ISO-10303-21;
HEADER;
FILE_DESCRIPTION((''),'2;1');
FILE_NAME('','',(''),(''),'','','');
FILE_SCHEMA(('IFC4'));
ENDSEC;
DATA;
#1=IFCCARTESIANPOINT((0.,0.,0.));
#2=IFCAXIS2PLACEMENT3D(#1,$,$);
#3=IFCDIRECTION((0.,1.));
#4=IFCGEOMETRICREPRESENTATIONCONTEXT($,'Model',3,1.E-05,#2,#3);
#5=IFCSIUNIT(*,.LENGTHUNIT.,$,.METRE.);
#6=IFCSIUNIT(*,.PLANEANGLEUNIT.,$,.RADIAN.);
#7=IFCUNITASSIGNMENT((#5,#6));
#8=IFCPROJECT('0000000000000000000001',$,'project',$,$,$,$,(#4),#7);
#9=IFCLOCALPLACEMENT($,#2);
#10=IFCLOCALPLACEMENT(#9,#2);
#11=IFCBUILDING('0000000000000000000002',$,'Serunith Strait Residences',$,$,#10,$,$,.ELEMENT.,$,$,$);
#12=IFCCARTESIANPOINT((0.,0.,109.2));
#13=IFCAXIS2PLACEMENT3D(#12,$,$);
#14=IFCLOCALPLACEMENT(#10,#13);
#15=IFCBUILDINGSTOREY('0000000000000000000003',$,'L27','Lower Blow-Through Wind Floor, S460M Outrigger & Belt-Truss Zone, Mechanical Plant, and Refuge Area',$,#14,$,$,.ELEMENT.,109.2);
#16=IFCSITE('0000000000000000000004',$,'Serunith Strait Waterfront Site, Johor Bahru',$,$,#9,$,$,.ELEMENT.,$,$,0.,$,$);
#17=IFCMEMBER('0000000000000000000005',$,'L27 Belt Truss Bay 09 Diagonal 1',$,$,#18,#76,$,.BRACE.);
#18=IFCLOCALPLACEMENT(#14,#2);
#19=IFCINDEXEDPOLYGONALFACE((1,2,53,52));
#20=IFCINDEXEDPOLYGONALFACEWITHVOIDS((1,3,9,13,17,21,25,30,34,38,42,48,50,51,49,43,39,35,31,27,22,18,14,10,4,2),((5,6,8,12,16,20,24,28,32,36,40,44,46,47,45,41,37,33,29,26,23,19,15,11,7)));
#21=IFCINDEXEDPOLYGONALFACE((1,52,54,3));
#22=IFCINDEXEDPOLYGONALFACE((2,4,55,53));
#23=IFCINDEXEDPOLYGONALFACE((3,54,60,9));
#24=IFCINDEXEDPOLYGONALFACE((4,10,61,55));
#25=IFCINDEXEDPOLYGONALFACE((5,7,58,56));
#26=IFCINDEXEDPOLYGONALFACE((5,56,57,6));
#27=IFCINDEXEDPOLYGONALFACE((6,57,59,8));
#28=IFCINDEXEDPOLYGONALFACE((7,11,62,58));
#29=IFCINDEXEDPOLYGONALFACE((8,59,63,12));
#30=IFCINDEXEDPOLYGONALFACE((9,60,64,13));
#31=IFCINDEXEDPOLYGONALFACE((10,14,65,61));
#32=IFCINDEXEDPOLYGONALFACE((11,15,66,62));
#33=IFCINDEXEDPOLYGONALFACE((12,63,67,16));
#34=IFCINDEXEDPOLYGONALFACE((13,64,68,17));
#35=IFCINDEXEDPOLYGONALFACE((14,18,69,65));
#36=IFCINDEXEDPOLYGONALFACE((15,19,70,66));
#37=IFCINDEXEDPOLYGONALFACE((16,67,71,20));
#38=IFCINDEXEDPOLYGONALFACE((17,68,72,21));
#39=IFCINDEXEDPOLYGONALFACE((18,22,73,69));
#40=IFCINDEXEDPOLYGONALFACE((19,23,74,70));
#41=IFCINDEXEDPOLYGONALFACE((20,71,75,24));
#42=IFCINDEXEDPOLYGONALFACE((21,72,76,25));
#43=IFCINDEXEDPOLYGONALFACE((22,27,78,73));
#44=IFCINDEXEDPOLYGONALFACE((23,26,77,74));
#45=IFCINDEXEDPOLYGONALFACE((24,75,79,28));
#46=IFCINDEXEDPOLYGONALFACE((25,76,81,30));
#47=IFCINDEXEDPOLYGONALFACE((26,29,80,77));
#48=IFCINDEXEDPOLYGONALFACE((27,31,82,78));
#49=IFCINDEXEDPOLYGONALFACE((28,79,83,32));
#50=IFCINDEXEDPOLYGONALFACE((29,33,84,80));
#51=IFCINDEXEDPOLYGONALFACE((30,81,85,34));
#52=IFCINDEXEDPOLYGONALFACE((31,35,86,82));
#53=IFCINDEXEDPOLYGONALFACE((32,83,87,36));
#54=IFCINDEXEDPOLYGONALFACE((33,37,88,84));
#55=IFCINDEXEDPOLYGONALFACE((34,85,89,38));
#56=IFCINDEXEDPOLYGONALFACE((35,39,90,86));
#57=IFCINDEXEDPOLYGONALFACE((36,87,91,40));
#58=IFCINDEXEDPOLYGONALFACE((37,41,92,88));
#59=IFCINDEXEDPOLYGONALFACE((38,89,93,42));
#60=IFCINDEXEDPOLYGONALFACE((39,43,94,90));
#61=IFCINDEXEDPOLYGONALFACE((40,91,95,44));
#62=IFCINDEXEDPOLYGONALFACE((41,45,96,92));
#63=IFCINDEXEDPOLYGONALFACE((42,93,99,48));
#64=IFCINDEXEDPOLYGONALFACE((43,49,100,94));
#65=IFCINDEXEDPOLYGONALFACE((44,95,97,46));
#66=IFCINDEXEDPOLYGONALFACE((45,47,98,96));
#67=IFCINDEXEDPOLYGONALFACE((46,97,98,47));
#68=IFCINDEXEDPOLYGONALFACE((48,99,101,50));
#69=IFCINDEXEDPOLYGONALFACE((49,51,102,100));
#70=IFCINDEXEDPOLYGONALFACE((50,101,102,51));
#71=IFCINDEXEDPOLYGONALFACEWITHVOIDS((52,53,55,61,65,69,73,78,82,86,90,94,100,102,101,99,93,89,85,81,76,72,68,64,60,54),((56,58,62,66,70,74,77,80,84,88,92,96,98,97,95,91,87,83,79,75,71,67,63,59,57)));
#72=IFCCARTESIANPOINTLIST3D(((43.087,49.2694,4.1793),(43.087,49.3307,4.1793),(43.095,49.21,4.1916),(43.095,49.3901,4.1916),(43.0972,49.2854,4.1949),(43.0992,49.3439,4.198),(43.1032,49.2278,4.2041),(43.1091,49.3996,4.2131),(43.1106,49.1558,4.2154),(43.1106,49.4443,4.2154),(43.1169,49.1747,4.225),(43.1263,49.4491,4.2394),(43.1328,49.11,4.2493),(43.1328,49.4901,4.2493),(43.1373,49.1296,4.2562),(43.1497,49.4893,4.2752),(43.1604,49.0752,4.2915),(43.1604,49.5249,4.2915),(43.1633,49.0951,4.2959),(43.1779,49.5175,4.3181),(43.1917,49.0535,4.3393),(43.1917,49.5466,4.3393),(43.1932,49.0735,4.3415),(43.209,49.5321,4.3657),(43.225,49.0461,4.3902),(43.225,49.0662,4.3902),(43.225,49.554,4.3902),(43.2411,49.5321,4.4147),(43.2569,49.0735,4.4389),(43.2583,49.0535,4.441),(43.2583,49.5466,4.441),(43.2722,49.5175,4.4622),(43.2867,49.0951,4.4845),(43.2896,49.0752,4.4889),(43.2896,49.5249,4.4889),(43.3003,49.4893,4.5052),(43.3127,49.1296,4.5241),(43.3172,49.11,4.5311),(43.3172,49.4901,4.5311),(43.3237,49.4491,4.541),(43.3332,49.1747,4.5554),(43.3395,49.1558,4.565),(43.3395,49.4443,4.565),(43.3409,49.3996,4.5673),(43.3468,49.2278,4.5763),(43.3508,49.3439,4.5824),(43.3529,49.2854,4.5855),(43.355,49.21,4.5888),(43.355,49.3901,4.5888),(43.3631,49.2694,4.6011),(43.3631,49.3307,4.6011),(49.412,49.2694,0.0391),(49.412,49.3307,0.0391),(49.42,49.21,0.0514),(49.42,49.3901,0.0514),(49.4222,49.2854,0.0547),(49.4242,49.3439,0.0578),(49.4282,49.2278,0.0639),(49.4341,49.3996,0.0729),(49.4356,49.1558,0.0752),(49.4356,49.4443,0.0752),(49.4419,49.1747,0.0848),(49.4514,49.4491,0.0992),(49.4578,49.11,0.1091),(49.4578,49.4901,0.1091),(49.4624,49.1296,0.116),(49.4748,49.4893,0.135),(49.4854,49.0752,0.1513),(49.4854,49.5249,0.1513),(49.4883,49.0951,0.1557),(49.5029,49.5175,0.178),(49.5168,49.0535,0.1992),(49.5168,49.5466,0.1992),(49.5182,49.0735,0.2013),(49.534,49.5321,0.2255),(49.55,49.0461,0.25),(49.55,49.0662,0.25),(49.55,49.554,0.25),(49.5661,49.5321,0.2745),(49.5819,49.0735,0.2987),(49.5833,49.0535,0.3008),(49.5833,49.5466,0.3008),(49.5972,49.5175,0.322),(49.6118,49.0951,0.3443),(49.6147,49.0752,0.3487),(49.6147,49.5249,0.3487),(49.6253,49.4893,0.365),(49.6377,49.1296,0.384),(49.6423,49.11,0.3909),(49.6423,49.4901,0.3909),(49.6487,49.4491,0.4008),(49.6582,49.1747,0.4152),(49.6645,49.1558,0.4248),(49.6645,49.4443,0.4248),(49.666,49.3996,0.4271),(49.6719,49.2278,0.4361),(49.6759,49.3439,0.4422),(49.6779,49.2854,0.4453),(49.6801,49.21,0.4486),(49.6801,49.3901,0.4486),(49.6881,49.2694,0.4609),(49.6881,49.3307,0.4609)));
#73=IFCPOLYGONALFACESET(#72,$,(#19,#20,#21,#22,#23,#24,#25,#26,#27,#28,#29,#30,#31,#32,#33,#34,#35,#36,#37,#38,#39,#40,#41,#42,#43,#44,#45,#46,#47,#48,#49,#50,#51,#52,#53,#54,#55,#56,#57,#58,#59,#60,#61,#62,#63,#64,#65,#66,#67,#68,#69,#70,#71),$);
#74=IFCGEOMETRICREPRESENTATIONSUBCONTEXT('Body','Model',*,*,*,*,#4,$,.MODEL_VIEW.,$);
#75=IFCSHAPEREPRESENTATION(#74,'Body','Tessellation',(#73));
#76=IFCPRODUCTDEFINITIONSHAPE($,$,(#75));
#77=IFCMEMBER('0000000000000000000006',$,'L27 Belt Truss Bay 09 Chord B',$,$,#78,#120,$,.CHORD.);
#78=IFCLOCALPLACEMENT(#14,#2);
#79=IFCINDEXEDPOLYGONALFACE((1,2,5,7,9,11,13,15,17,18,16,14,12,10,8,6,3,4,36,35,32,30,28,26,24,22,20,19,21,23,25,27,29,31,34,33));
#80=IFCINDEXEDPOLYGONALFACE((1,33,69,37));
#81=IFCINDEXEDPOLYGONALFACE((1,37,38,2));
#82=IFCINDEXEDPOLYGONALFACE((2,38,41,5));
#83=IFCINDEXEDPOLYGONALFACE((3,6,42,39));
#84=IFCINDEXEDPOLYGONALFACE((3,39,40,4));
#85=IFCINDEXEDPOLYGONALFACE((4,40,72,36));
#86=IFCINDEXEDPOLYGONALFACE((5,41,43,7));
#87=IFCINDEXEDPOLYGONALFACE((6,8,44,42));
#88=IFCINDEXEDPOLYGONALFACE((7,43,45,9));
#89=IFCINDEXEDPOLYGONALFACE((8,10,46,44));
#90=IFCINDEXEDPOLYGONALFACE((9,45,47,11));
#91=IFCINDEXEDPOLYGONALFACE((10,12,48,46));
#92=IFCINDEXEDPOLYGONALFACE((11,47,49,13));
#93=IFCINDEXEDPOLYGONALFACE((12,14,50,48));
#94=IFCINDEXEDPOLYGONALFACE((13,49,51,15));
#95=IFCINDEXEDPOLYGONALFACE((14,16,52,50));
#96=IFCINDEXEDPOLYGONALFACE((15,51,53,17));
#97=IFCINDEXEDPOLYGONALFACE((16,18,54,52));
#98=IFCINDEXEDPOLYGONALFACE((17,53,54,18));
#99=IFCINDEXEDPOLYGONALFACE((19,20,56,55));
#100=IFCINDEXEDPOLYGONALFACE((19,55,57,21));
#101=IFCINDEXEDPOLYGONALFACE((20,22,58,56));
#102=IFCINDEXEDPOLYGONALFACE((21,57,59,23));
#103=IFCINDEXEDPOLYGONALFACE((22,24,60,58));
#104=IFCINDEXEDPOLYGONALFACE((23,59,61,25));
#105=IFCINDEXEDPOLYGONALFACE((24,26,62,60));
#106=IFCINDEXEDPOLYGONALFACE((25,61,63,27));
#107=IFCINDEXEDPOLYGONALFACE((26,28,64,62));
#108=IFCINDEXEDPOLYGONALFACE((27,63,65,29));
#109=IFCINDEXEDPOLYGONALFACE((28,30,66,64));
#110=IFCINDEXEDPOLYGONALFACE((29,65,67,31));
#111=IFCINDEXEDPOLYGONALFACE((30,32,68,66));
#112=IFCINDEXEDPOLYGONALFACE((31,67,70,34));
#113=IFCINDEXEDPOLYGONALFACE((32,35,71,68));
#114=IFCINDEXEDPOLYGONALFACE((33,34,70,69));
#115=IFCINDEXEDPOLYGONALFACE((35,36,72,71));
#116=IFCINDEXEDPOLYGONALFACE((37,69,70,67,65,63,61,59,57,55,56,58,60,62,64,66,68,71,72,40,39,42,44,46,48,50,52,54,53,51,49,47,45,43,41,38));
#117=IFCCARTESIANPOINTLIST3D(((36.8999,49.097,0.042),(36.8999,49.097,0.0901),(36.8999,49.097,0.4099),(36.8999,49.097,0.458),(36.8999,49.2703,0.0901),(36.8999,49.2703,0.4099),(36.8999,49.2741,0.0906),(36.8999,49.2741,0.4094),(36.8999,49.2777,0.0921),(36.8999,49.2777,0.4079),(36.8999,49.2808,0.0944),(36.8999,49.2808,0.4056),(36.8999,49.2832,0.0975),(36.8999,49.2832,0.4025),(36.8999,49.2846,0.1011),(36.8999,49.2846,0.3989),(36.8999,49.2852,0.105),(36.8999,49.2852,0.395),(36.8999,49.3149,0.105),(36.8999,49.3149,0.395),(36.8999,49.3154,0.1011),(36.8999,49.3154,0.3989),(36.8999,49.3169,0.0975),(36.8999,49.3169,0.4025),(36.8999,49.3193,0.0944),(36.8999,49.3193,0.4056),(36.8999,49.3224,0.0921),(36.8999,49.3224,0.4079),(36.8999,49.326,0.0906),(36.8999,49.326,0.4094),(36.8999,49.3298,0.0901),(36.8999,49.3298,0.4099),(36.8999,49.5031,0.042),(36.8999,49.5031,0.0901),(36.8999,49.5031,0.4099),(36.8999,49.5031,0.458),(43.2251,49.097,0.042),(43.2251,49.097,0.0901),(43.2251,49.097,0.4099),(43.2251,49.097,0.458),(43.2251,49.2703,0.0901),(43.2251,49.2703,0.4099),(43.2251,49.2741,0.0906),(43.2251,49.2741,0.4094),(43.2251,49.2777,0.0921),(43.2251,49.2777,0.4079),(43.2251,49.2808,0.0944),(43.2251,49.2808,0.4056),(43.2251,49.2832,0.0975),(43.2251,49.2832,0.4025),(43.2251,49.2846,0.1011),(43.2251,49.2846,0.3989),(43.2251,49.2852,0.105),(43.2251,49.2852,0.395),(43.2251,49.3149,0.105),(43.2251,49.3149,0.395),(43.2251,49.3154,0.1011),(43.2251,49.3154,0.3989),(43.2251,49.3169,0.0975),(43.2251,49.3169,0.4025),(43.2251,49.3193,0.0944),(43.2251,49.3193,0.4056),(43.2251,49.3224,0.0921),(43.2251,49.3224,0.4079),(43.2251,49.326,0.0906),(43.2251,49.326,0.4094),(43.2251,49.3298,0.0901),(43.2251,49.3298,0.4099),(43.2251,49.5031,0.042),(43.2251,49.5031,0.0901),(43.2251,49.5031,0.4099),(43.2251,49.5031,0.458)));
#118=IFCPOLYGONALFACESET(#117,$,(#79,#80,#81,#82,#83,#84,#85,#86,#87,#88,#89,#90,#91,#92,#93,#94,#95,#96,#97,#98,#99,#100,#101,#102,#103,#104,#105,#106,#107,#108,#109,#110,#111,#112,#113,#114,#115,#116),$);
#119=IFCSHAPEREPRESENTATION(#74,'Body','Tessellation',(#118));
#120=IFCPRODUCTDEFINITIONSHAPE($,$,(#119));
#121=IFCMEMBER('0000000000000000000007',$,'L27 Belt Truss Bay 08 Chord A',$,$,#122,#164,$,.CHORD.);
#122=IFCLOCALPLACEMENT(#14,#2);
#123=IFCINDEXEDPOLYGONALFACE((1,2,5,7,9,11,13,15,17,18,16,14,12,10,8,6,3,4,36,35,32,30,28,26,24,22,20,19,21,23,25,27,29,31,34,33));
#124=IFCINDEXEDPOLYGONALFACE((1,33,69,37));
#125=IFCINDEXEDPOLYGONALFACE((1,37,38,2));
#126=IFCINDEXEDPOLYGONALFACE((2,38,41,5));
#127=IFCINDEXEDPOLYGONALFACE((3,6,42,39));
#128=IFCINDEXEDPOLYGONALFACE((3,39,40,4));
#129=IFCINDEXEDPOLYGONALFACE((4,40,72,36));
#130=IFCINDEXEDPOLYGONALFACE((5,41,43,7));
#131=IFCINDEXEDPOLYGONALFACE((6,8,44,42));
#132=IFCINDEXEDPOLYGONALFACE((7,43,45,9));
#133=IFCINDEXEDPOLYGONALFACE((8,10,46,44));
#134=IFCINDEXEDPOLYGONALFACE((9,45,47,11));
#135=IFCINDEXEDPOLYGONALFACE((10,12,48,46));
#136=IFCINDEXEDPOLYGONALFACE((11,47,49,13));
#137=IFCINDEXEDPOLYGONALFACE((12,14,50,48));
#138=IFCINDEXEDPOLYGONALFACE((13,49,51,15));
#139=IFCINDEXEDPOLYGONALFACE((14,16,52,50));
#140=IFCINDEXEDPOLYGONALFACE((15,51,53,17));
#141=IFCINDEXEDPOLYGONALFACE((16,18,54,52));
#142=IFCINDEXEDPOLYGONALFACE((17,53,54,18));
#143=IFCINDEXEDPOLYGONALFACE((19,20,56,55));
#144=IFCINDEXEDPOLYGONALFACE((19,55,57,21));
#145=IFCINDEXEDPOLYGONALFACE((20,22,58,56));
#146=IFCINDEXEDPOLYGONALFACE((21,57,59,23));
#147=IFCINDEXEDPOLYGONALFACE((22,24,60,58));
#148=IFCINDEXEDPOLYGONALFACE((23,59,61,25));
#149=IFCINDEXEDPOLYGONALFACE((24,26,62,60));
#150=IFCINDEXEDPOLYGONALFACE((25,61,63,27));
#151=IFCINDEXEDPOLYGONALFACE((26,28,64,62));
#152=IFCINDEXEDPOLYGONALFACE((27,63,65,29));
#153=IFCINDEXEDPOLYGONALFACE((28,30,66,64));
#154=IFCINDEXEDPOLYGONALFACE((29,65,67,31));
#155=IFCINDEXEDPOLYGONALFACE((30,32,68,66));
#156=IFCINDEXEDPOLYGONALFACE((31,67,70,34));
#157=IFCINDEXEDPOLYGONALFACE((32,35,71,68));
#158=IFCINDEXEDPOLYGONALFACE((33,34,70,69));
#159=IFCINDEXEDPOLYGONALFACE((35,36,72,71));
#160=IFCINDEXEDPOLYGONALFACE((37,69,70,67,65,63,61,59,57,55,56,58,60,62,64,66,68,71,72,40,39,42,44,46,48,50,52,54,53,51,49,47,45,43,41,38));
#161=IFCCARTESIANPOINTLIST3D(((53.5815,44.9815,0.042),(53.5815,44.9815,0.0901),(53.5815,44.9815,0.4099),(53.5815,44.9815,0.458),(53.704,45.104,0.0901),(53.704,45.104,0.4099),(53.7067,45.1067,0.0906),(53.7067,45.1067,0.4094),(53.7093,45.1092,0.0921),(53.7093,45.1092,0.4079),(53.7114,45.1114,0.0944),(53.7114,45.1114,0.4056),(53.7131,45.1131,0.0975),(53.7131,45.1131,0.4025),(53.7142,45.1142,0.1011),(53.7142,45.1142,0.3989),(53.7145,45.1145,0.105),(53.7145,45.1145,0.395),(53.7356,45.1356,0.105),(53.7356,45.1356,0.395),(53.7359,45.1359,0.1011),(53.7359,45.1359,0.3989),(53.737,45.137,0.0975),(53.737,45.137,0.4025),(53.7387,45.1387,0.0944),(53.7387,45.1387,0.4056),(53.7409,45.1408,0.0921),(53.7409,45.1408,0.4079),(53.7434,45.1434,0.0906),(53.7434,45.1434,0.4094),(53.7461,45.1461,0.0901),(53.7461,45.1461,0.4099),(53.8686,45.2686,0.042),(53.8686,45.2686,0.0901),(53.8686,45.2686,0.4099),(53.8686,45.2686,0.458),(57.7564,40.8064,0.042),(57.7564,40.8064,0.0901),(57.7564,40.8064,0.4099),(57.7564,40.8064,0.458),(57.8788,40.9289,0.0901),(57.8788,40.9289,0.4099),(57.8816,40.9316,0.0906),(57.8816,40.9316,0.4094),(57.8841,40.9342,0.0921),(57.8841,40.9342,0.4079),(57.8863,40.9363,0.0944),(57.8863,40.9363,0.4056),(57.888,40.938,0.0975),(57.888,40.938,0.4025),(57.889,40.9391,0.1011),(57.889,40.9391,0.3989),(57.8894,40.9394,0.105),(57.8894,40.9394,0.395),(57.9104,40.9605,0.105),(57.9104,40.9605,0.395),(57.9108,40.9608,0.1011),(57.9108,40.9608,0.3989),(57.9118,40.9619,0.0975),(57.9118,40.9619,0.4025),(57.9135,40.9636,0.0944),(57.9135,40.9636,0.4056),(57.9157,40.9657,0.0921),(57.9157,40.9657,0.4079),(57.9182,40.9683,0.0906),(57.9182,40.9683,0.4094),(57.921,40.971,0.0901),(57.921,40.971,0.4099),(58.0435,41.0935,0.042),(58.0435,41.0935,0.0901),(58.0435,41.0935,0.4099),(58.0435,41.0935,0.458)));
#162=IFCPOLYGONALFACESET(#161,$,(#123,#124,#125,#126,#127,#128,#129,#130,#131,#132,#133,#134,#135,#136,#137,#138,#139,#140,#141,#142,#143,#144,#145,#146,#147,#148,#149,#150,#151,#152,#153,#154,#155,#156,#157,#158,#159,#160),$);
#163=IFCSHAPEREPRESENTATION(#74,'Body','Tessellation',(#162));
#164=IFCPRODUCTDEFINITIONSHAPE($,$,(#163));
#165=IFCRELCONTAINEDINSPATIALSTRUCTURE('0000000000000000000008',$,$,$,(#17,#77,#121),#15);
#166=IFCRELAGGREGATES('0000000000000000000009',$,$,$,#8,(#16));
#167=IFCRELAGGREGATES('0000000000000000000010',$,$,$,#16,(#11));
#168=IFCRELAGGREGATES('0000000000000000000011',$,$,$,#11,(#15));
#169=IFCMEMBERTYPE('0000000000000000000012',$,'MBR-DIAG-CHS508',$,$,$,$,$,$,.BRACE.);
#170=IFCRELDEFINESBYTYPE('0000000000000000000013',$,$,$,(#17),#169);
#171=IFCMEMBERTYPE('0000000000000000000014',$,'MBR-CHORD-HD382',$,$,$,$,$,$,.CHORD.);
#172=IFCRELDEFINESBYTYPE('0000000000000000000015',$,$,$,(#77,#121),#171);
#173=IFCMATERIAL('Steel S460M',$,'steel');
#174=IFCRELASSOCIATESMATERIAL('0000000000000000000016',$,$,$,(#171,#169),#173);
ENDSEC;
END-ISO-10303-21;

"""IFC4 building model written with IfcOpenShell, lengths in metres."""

from ifc_helpers import new_model, si_unit, direction, frame, origin, origin_2d, place, context, subcontext, project, spatial, hollow_circle, i_section, extrude, source, transform, mapped, material, material_profile, profile_set, type_object, element, save


model = new_model("IFC4")

# Units and contexts
model_context = context("Model", 3, precision=1e-05, world=origin(), true_north=direction((0.0, 1.0)))
body_context = subcontext(model_context, "Body", "Model", "MODEL_VIEW")
ifc_project = project(units=[si_unit("LENGTHUNIT", "METRE"), si_unit("PLANEANGLEUNIT", "RADIAN")], contexts=[model_context])

# Site, building, storey
site_placement = place(None, origin())
site = spatial("IfcSite", under=ifc_project, at=site_placement, Name="Serunith Strait Waterfront Site, Johor Bahru", CompositionType="ELEMENT", RefElevation=0.0)
building_placement = place(site_placement, origin())
building = spatial("IfcBuilding", under=site, at=building_placement, Name="Serunith Strait Residences", CompositionType="ELEMENT")
storey_placement = place(building_placement, frame((0.0, 0.0, 109.2)))
storey = spatial("IfcBuildingStorey", under=building, at=storey_placement, Name="L27", Description="Lower Blow-Through Wind Floor, S460M Outrigger & Belt-Truss Zone, Mechanical Plant, and Refuge Area", CompositionType="ELEMENT", Elevation=109.2)

# Members
ifc_material_1 = material(Name="Steel S460M", Category="steel")
ifc_material_profile_1 = material_profile(ifc_material_1, i_section(OverallWidth=0.406, OverallDepth=0.416, WebThickness=0.0298, FlangeThickness=0.0481, FilletRadius=0.0149, at=origin_2d()), Name="HD 400x382")
ifc_profile_set_1 = profile_set([ifc_material_profile_1], Name="Steel S460M")
member_type_1 = type_object("IfcMemberType", Name="MBR-CHORD-HD382", PredefinedType="CHORD", material=ifc_profile_set_1)
ifc_material_profile_2 = material_profile(ifc_material_1, hollow_circle(Radius=0.2539, WallThickness=0.02, at=origin_2d()), Name="CHS 508x20")
ifc_profile_set_2 = profile_set([ifc_material_profile_2], Name="Steel S460M")
member_type_2 = type_object("IfcMemberType", Name="MBR-DIAG-CHS508", PredefinedType="BRACE", material=ifc_profile_set_2)
shared_shape_1 = source(origin(), body_context, "Body", "SweptSolid", [
    extrude(hollow_circle(Radius=0.2539, WallThickness=0.02, at=origin_2d()), origin(), (0.0, 0.0, 1.0), 7.5596),
])
member_1_placement = place(storey_placement, frame((49.55, 49.3, 0.25), z_axis=(-0.836691, 0.0, 0.547675), x_axis=(0.0, -1.0, 0.0)))
element("IfcMember", 1, at=member_1_placement, inside=storey, type_object=member_type_2, Name="L27 Belt Truss Bay 09 Diagonal 1", PredefinedType="BRACE", context=body_context, shape_type="MappedRepresentation", body=[
    mapped(shared_shape_1, transform((0.0, 0.0, 0.0), scale=1.0)),
])
shared_shape_2 = source(origin(), body_context, "Body", "SweptSolid", [
    extrude(i_section(OverallWidth=0.406, OverallDepth=0.416, WebThickness=0.0298, FlangeThickness=0.0481, FilletRadius=0.0149, at=origin_2d()), origin(), (0.0, 0.0, 1.0), 6.3252),
])
member_2_placement = place(storey_placement, frame((43.2251, 49.3, 0.25), z_axis=(-1.0, 0.0, 0.0), x_axis=(0.0, -1.0, 0.0)))
element("IfcMember", 2, at=member_2_placement, inside=storey, type_object=member_type_1, Name="L27 Belt Truss Bay 09 Chord B", PredefinedType="CHORD", context=body_context, shape_type="MappedRepresentation", body=[
    mapped(shared_shape_2, transform((0.0, 0.0, 0.0), scale=1.0)),
])
shared_shape_3 = source(origin(), body_context, "Body", "SweptSolid", [
    extrude(i_section(OverallWidth=0.406, OverallDepth=0.416, WebThickness=0.0298, FlangeThickness=0.0481, FilletRadius=0.0149, at=origin_2d()), origin(), (0.0, 0.0, 1.0), 5.9043),
])
for number, where, z_axis, x_axis, name in (
    (3, (57.8999, 40.95, 0.25), (-0.707086, 0.707127, 0.0), (-0.707127, -0.707086, 0.0), "L27 Belt Truss Bay 08 Chord A"),
):
    element("IfcMember", number, at=place(storey_placement, frame(where, z_axis=z_axis, x_axis=x_axis)), inside=storey, type_object=member_type_1, Name=name, PredefinedType="CHORD", context=body_context, shape_type="MappedRepresentation", body=[
        mapped(shared_shape_3, transform((0.0, 0.0, 0.0), scale=1.0)),
    ])

save(model, "model.ifc")
